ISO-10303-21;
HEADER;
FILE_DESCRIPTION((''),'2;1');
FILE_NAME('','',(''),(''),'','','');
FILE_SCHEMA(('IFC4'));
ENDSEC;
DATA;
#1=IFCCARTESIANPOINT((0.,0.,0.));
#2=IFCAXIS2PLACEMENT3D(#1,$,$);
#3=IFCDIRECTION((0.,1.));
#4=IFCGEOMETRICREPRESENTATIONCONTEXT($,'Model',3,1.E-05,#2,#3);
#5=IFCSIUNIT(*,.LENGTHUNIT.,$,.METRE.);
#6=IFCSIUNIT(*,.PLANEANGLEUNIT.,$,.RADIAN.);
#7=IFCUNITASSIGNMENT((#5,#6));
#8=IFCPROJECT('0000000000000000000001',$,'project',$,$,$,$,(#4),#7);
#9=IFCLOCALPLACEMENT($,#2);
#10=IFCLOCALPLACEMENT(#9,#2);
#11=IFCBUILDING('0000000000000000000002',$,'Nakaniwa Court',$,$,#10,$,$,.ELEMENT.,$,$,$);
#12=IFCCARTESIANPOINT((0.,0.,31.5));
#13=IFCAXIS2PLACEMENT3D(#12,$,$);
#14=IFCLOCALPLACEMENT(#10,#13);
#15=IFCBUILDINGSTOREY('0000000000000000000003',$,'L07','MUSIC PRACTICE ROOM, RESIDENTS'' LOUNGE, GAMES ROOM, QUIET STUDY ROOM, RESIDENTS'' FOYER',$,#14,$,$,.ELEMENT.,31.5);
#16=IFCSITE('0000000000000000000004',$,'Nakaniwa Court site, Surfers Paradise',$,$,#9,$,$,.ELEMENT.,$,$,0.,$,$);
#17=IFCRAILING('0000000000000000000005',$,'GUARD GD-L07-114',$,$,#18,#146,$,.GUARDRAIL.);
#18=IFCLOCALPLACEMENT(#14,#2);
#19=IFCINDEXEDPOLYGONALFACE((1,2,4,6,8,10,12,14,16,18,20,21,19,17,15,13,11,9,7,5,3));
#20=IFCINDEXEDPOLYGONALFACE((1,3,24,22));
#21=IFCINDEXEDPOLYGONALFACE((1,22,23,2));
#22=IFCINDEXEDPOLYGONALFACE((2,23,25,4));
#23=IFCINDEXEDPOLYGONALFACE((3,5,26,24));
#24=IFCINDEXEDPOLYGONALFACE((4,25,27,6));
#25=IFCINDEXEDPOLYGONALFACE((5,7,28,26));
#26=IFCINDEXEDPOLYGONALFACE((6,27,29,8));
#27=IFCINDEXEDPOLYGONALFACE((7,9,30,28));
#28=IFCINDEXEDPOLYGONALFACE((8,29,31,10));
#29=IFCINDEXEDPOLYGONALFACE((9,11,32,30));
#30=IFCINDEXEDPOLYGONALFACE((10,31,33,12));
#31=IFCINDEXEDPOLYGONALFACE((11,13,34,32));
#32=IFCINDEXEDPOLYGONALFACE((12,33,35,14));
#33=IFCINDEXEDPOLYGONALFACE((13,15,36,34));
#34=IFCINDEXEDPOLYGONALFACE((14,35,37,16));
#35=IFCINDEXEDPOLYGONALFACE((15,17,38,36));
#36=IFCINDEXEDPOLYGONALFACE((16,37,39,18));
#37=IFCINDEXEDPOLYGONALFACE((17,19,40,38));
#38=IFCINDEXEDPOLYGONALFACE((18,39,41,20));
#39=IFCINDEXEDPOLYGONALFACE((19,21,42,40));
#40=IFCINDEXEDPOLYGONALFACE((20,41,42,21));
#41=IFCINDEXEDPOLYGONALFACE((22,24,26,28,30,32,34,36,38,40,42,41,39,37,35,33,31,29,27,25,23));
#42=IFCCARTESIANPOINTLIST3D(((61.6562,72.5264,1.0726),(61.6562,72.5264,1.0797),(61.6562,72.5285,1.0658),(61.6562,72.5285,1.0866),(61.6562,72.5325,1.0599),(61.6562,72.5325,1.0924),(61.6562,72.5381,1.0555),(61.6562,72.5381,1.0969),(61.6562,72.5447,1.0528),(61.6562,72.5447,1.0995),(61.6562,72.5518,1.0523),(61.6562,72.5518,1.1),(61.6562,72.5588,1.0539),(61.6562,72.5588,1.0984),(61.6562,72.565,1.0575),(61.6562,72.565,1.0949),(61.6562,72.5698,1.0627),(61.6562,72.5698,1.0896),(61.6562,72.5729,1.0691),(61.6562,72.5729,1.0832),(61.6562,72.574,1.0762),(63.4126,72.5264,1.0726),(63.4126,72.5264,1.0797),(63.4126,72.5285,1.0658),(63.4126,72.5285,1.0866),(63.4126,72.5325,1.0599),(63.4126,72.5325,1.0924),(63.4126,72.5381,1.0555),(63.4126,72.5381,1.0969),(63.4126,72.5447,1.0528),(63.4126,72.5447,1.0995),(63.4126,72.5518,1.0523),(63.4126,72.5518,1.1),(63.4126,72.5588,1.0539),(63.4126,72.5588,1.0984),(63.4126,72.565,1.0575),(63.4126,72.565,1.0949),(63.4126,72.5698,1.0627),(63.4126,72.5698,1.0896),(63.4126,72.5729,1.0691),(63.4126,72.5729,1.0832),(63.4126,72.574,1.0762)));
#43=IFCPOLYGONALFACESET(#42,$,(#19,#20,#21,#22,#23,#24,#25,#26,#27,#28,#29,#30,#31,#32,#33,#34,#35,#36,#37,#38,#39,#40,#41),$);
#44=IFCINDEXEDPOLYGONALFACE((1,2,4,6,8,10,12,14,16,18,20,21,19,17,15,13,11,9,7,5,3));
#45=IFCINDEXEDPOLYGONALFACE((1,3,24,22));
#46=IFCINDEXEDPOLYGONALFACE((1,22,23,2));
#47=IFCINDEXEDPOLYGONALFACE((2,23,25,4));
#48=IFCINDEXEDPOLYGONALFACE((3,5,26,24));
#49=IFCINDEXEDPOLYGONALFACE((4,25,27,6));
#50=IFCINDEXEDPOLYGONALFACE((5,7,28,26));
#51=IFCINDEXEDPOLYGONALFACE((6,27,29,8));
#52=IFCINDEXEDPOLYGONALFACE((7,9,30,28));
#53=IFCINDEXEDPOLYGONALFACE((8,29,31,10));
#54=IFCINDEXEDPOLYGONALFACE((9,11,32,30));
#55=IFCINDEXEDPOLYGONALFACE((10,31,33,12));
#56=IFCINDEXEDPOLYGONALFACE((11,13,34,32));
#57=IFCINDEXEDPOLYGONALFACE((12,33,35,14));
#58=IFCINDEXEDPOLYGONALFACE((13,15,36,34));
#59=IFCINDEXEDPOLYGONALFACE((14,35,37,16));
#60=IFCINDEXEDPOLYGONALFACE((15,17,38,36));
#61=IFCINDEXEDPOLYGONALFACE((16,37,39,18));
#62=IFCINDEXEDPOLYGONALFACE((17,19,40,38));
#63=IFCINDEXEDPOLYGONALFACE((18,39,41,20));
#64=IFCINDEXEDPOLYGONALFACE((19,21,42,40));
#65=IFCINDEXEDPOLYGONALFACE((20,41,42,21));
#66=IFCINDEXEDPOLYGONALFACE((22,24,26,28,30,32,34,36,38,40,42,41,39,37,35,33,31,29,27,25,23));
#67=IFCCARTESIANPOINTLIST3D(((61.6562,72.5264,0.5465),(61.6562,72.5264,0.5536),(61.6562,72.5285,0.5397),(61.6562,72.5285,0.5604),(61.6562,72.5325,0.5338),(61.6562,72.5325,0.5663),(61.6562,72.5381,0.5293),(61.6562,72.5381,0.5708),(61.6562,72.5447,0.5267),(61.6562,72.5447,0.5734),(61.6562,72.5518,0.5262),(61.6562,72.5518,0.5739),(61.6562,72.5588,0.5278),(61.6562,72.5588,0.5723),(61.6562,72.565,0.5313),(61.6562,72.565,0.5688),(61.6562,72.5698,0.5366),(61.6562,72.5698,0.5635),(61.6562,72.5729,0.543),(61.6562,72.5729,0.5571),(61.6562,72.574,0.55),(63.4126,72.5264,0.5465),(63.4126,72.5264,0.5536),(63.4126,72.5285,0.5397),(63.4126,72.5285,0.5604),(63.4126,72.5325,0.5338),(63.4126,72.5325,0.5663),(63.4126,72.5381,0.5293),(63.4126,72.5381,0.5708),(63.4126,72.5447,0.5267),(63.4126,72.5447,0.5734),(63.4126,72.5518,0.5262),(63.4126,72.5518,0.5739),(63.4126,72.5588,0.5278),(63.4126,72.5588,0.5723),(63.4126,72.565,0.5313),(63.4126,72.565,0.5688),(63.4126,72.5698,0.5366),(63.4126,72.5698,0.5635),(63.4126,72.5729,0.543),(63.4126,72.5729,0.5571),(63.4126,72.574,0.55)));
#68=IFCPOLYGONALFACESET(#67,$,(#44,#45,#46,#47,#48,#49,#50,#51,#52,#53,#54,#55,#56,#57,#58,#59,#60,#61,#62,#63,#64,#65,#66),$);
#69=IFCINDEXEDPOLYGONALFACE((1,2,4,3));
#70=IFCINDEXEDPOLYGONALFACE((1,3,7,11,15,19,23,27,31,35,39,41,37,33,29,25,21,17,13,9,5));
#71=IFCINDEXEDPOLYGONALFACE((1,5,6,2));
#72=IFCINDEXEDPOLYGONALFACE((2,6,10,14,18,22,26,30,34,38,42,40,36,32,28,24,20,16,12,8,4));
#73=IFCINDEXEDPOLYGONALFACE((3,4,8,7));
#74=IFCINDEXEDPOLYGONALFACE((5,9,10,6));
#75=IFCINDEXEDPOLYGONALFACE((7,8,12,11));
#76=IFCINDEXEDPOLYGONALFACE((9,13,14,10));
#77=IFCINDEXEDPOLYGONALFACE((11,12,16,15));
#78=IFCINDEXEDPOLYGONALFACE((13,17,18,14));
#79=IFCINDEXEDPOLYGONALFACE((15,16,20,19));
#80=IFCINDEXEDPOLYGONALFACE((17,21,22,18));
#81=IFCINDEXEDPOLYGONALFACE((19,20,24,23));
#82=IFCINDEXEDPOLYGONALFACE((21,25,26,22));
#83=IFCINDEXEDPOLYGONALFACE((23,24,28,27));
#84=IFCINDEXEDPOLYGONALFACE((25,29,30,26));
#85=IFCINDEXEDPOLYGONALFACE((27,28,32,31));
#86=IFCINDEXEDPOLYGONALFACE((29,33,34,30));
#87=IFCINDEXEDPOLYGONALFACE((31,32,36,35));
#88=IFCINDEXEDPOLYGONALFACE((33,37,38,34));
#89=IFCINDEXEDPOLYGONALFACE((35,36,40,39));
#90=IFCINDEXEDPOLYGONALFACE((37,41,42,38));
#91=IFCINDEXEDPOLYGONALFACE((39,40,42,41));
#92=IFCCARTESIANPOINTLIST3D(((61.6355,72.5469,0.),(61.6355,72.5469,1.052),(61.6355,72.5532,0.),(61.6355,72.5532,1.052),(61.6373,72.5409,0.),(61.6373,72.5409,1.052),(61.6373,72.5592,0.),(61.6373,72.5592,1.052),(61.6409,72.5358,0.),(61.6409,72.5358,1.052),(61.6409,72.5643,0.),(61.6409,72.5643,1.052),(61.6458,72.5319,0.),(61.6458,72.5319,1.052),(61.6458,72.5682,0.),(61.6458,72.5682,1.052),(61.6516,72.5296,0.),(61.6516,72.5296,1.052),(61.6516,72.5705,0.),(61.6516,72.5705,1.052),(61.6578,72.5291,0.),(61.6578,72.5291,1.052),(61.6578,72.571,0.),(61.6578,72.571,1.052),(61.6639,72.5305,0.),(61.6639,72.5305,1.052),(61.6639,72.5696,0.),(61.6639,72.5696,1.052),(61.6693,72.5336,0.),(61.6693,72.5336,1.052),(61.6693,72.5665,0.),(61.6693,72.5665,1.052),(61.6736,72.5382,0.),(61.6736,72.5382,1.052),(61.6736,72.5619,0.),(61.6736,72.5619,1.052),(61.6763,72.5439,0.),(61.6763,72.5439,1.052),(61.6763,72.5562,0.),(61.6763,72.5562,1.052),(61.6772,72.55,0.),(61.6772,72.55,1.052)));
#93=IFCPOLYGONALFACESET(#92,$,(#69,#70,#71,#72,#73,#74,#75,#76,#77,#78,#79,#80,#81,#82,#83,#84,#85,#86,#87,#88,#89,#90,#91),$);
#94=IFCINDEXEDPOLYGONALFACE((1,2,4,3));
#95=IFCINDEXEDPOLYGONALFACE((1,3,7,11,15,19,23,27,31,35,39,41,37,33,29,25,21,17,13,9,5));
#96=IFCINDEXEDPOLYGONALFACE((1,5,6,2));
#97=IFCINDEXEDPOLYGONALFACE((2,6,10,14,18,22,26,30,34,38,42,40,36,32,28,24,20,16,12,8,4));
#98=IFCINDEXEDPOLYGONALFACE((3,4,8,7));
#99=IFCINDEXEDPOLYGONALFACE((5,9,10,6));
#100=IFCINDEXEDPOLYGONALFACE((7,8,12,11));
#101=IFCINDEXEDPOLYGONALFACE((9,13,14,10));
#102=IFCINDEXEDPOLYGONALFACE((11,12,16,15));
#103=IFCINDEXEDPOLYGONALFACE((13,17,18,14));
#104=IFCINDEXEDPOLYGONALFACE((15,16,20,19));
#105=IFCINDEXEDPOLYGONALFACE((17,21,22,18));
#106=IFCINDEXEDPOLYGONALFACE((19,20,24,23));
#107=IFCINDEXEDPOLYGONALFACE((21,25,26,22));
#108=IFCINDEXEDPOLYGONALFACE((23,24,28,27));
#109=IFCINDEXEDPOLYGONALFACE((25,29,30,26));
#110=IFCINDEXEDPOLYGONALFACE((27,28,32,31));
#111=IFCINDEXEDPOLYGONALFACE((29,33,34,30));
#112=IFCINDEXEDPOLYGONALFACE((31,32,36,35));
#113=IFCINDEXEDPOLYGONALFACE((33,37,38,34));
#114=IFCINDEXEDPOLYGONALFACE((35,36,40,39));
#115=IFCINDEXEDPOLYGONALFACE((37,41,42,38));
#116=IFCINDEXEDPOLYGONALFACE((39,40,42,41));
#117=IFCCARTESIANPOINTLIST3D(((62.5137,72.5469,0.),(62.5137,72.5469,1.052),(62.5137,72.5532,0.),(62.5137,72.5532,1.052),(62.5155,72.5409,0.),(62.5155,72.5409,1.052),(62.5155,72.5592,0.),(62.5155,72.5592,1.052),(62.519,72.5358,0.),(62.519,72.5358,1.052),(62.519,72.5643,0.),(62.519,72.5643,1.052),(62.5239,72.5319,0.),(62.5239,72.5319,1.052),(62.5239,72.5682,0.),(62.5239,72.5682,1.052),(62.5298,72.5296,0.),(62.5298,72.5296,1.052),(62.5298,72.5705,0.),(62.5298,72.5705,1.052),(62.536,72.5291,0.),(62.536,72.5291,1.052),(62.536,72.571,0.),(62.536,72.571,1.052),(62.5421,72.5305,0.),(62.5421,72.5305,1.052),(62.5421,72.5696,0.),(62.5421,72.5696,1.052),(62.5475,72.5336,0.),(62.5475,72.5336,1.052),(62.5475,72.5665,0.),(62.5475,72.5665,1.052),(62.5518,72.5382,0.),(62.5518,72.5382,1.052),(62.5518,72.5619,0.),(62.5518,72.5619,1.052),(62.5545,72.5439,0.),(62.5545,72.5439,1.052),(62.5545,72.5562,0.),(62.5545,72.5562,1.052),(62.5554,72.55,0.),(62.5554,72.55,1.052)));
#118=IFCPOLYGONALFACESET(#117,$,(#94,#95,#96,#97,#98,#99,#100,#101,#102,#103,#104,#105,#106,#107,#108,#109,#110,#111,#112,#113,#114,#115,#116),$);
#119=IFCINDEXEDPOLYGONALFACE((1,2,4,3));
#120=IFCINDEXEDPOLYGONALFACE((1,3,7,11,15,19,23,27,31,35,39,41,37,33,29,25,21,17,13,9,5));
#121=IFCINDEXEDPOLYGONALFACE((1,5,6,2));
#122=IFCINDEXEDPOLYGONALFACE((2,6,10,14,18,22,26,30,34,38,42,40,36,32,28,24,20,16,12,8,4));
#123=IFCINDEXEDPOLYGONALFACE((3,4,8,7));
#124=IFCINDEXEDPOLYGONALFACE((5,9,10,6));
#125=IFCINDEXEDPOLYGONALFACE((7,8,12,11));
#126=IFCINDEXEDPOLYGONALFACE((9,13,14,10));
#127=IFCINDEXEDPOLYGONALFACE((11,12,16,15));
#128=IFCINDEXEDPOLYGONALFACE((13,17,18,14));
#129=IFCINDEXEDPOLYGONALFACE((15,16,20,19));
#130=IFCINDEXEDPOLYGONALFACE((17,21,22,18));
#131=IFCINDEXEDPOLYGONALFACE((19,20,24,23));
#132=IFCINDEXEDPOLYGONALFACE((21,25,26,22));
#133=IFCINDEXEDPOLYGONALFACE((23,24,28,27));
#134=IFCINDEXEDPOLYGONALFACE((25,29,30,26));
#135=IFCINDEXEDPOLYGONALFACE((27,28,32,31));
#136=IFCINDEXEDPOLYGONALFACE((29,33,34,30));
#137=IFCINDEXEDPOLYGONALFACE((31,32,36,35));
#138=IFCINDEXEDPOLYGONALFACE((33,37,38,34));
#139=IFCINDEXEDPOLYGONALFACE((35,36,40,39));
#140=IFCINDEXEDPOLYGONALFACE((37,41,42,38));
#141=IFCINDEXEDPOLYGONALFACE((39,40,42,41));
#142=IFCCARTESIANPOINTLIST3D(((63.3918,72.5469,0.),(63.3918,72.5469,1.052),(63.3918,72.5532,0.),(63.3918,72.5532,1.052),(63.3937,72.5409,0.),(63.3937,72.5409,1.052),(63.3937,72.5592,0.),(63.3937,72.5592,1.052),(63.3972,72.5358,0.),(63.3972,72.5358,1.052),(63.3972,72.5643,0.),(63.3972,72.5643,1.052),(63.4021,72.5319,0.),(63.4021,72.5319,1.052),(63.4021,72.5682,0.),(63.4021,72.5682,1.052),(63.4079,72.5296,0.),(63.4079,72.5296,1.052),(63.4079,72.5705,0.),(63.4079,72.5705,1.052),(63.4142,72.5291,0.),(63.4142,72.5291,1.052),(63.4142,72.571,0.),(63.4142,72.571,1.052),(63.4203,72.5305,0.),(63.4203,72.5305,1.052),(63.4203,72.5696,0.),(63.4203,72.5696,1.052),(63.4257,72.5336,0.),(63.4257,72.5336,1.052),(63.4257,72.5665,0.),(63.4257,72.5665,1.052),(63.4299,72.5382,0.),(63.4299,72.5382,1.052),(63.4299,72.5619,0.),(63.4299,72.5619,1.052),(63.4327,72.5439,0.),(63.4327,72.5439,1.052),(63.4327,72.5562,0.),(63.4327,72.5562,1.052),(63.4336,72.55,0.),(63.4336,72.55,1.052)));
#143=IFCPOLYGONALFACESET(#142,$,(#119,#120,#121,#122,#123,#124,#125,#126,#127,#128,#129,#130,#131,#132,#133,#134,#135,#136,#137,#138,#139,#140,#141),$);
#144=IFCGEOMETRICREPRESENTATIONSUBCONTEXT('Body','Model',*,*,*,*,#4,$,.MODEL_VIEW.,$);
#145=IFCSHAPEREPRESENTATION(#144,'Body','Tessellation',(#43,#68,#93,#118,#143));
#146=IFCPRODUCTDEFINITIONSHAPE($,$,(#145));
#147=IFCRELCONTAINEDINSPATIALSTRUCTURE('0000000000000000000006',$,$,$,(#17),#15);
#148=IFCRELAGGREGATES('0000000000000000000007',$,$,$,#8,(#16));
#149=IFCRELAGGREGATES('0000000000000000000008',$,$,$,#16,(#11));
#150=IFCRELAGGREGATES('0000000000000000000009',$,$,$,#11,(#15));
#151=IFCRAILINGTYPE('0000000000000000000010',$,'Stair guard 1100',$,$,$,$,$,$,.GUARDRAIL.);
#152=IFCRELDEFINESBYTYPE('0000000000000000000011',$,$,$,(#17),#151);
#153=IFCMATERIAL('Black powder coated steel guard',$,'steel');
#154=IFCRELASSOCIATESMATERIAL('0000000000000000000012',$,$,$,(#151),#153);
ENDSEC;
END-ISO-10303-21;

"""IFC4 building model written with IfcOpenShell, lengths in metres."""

from ifc_helpers import new_model, si_unit, direction, frame, origin, origin_2d, place, context, subcontext, project, spatial, circle, extrude, material, type_object, element, save


model = new_model("IFC4")

# Units and contexts
model_context = context("Model", 3, precision=1e-05, world=origin(), true_north=direction((0.0, 1.0)))
body_context = subcontext(model_context, "Body", "Model", "MODEL_VIEW")
ifc_project = project(units=[si_unit("LENGTHUNIT", "METRE"), si_unit("PLANEANGLEUNIT", "RADIAN")], contexts=[model_context])

# Site, building, storey
site_placement = place(None, origin())
site = spatial("IfcSite", under=ifc_project, at=site_placement, Name="Nakaniwa Court site, Surfers Paradise", CompositionType="ELEMENT", RefElevation=0.0)
building_placement = place(site_placement, origin())
building = spatial("IfcBuilding", under=site, at=building_placement, Name="Nakaniwa Court", CompositionType="ELEMENT")
storey_placement = place(building_placement, frame((0.0, 0.0, 31.5)))
storey = spatial("IfcBuildingStorey", under=building, at=storey_placement, Name="L07", Description="MUSIC PRACTICE ROOM, RESIDENTS' LOUNGE, GAMES ROOM, QUIET STUDY ROOM, RESIDENTS' FOYER", CompositionType="ELEMENT", Elevation=31.5)

# Railing
ifc_material_1 = material(Name="Black powder coated steel guard", Category="steel")
railing_type = type_object("IfcRailingType", Name="Stair guard 1100", PredefinedType="GUARDRAIL", material=ifc_material_1)
railing_1_placement = place(storey_placement, frame((61.6562, 72.55, 0.0)))
element("IfcRailing", 1, at=railing_1_placement, inside=storey, type_object=railing_type, Name="GUARD GD-L07-114", PredefinedType="GUARDRAIL", context=body_context, shape_type="SweptSolid", body=[
    extrude(circle(Radius=0.0239, at=origin_2d()), frame((0.0, 0.0, 1.0762), z_axis=(1.0, 0.0, 0.0), x_axis=(0.0, 1.0, 0.0)), (0.0, 0.0, 1.0), 1.7563),
    extrude(circle(Radius=0.0239, at=origin_2d()), frame((0.0, 0.0, 0.55), z_axis=(1.0, 0.0, 0.0), x_axis=(0.0, 1.0, 0.0)), (0.0, 0.0, 1.0), 1.7563),
    extrude(circle(Radius=0.021, at=origin_2d()), origin(), (0.0, 0.0, 1.0), 1.052),
    extrude(circle(Radius=0.021, at=origin_2d()), frame((0.8782, 0.0, 0.0)), (0.0, 0.0, 1.0), 1.052),
    extrude(circle(Radius=0.021, at=origin_2d()), frame((1.7563, 0.0, 0.0)), (0.0, 0.0, 1.0), 1.052),
])

save(model, "model.ifc")
